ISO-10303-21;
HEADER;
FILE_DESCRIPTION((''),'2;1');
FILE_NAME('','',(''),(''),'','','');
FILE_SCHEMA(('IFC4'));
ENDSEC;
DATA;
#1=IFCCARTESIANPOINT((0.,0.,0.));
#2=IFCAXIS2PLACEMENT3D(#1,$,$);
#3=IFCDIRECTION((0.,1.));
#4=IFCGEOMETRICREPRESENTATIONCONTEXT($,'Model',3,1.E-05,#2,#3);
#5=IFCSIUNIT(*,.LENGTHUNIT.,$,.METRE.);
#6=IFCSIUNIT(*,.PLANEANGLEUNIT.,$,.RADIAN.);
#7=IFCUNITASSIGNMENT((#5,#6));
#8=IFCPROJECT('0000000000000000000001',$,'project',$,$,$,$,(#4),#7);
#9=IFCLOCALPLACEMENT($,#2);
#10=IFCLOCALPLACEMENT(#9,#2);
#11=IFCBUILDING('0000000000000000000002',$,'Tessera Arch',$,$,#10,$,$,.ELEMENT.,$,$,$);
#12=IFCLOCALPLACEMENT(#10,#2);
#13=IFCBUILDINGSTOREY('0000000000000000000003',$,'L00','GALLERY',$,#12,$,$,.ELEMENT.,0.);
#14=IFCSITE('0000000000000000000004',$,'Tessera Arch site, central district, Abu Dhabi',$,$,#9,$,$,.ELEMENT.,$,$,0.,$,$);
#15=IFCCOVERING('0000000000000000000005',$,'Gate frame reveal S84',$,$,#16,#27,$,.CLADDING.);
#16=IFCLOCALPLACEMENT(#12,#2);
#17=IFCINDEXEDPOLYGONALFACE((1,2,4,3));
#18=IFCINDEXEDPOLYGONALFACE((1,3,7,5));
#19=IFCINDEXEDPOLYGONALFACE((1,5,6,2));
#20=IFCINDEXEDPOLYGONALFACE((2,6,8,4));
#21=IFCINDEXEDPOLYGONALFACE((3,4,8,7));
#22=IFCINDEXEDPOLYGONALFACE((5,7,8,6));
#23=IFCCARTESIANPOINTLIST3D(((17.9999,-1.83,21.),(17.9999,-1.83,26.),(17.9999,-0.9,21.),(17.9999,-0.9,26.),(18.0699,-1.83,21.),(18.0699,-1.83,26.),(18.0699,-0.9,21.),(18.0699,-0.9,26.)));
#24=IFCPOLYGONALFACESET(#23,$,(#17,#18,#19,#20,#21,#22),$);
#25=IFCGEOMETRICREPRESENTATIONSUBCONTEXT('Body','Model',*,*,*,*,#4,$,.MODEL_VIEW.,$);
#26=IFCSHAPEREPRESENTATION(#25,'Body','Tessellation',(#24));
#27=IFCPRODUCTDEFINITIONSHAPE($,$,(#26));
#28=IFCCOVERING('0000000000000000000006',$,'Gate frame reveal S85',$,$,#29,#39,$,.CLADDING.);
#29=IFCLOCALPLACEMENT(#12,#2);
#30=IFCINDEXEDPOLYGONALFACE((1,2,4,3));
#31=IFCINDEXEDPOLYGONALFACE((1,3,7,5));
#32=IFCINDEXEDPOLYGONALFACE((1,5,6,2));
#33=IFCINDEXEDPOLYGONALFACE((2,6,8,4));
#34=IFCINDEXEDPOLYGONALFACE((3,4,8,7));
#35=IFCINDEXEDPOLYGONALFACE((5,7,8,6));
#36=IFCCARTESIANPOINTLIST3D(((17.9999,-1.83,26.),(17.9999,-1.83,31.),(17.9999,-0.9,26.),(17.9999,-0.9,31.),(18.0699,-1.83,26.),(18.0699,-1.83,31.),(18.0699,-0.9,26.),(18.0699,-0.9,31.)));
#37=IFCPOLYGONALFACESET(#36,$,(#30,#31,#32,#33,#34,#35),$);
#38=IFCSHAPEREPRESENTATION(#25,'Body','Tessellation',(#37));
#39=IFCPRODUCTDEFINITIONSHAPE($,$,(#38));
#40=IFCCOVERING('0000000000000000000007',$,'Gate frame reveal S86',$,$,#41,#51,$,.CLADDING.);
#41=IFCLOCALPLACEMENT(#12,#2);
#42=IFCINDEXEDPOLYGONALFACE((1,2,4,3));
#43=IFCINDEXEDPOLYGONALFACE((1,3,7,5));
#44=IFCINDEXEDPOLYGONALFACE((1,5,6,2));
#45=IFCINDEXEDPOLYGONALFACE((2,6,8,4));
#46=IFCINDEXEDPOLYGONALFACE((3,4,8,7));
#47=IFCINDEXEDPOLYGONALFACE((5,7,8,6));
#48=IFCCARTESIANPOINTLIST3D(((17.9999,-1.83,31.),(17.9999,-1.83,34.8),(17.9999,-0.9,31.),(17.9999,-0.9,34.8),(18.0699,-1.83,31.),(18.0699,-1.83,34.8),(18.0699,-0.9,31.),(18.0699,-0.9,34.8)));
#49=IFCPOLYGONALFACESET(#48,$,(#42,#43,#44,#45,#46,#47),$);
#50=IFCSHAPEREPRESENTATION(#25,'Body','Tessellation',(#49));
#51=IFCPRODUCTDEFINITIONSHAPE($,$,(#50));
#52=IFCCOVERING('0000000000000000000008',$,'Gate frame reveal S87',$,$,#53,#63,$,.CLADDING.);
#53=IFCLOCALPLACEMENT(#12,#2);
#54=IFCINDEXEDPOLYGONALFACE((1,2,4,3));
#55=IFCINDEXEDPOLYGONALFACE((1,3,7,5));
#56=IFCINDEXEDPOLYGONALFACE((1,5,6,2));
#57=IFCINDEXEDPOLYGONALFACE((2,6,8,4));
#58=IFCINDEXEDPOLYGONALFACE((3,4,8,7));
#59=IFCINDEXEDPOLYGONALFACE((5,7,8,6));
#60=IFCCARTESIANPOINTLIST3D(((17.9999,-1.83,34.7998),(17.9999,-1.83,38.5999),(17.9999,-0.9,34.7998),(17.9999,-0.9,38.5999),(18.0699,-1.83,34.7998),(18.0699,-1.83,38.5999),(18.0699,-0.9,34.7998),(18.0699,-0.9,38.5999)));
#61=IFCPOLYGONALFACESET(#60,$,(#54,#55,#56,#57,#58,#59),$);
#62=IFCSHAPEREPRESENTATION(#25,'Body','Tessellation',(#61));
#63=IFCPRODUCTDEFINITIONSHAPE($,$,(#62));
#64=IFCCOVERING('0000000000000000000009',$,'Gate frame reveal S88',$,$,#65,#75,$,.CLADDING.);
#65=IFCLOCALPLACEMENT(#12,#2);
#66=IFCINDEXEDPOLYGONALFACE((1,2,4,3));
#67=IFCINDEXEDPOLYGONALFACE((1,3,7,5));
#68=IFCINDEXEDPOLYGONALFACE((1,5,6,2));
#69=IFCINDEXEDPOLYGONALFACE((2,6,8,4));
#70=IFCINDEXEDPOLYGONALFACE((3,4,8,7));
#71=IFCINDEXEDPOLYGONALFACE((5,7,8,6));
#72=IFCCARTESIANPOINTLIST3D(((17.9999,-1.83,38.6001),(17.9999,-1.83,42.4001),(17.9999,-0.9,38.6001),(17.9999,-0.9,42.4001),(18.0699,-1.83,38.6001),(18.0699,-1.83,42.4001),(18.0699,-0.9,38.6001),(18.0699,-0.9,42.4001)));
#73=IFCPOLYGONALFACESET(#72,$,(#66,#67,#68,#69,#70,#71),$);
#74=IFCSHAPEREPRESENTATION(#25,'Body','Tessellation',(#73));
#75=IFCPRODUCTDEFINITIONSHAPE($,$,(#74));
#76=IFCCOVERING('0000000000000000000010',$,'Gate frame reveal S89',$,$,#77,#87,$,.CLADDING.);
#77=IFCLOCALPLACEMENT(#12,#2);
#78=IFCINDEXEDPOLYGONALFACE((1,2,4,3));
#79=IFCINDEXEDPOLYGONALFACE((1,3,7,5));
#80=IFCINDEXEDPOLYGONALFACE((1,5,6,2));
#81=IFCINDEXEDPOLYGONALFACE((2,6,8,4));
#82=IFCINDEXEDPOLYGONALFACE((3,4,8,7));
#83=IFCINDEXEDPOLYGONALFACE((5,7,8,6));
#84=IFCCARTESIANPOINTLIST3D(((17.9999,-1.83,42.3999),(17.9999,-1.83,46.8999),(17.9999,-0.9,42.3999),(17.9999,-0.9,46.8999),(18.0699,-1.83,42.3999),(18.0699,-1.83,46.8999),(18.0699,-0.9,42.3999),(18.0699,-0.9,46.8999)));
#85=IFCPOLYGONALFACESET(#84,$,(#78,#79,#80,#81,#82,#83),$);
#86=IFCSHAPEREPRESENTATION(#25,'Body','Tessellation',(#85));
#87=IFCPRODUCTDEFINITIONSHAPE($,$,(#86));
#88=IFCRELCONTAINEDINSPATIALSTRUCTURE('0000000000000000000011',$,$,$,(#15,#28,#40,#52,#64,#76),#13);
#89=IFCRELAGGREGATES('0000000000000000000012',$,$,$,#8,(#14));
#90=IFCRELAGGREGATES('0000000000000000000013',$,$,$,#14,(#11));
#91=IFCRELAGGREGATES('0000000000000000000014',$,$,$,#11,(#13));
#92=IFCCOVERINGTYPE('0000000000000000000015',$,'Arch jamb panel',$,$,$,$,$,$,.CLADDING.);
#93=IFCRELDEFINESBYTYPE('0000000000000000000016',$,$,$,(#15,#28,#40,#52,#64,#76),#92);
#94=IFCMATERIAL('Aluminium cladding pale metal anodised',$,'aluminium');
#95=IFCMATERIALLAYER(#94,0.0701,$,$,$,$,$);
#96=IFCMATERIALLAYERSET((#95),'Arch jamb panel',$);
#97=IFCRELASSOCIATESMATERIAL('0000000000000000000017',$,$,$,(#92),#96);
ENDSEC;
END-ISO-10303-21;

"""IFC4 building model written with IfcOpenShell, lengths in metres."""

from ifc_helpers import new_model, si_unit, direction, frame, origin, origin_2d, place, context, subcontext, project, spatial, rectangle, extrude, material, layer, layer_set, type_object, element, save


model = new_model("IFC4")

# Units and contexts
model_context = context("Model", 3, precision=1e-05, world=origin(), true_north=direction((0.0, 1.0)))
body_context = subcontext(model_context, "Body", "Model", "MODEL_VIEW")
ifc_project = project(units=[si_unit("LENGTHUNIT", "METRE"), si_unit("PLANEANGLEUNIT", "RADIAN")], contexts=[model_context])

# Site, building, storey
site_placement = place(None, origin())
site = spatial("IfcSite", under=ifc_project, at=site_placement, Name="Tessera Arch site, central district, Abu Dhabi", CompositionType="ELEMENT", RefElevation=0.0)
building_placement = place(site_placement, origin())
building = spatial("IfcBuilding", under=site, at=building_placement, Name="Tessera Arch", CompositionType="ELEMENT")
storey_placement = place(building_placement, origin())
storey = spatial("IfcBuildingStorey", under=building, at=storey_placement, Name="L00", Description="GALLERY", CompositionType="ELEMENT", Elevation=0.0)

# Coverings
ifc_material = material(Name="Aluminium cladding pale metal anodised", Category="aluminium")
ifc_layer = layer(ifc_material, 0.0701)
ifc_layer_set = layer_set([ifc_layer], Name="Arch jamb panel")
covering_type = type_object("IfcCoveringType", Name="Arch jamb panel", PredefinedType="CLADDING", material=ifc_layer_set)
for number, where, z_axis, x_axis, name in (
    (1, (18.0349, -1.365, 21.0), (0.0, 0.0, 1.0), (1.0, 0.0, 0.0), "Gate frame reveal S84"),
    (2, (18.0349, -1.365, 26.0), (0.0, 0.0, 1.0), (1.0, 0.0, 0.0), "Gate frame reveal S85"),
):
    element("IfcCovering", number, at=place(storey_placement, frame(where, z_axis=z_axis, x_axis=x_axis)), inside=storey, type_object=covering_type, Name=name, PredefinedType="CLADDING", context=body_context, shape_type="SweptSolid", body=[
        extrude(rectangle(XDim=0.0701, YDim=0.9299, at=origin_2d()), origin(), (0.0, 0.0, 1.0), 5.0),
    ])
for number, where, z_axis, x_axis, name in (
    (3, (18.0349, -1.365, 31.0), (0.0, 0.0, 1.0), (1.0, 0.0, 0.0), "Gate frame reveal S86"),
    (4, (18.0349, -1.365, 34.7998), (0.0, 0.0, 1.0), (1.0, 0.0, 0.0), "Gate frame reveal S87"),
    (5, (18.0349, -1.365, 38.6001), (0.0, 0.0, 1.0), (1.0, 0.0, 0.0), "Gate frame reveal S88"),
):
    element("IfcCovering", number, at=place(storey_placement, frame(where, z_axis=z_axis, x_axis=x_axis)), inside=storey, type_object=covering_type, Name=name, PredefinedType="CLADDING", context=body_context, shape_type="SweptSolid", body=[
        extrude(rectangle(XDim=0.0701, YDim=0.9299, at=origin_2d()), origin(), (0.0, 0.0, 1.0), 3.8),
    ])
covering_1_placement = place(storey_placement, frame((18.0349, -1.365, 42.3999), z_axis=(0.0, 0.0, 1.0), x_axis=(1.0, 0.0, 0.0)))
element("IfcCovering", 6, at=covering_1_placement, inside=storey, type_object=covering_type, Name="Gate frame reveal S89", PredefinedType="CLADDING", context=body_context, shape_type="SweptSolid", body=[
    extrude(rectangle(XDim=0.0701, YDim=0.9299, at=origin_2d()), origin(), (0.0, 0.0, 1.0), 4.5),
])

save(model, "model.ifc")
